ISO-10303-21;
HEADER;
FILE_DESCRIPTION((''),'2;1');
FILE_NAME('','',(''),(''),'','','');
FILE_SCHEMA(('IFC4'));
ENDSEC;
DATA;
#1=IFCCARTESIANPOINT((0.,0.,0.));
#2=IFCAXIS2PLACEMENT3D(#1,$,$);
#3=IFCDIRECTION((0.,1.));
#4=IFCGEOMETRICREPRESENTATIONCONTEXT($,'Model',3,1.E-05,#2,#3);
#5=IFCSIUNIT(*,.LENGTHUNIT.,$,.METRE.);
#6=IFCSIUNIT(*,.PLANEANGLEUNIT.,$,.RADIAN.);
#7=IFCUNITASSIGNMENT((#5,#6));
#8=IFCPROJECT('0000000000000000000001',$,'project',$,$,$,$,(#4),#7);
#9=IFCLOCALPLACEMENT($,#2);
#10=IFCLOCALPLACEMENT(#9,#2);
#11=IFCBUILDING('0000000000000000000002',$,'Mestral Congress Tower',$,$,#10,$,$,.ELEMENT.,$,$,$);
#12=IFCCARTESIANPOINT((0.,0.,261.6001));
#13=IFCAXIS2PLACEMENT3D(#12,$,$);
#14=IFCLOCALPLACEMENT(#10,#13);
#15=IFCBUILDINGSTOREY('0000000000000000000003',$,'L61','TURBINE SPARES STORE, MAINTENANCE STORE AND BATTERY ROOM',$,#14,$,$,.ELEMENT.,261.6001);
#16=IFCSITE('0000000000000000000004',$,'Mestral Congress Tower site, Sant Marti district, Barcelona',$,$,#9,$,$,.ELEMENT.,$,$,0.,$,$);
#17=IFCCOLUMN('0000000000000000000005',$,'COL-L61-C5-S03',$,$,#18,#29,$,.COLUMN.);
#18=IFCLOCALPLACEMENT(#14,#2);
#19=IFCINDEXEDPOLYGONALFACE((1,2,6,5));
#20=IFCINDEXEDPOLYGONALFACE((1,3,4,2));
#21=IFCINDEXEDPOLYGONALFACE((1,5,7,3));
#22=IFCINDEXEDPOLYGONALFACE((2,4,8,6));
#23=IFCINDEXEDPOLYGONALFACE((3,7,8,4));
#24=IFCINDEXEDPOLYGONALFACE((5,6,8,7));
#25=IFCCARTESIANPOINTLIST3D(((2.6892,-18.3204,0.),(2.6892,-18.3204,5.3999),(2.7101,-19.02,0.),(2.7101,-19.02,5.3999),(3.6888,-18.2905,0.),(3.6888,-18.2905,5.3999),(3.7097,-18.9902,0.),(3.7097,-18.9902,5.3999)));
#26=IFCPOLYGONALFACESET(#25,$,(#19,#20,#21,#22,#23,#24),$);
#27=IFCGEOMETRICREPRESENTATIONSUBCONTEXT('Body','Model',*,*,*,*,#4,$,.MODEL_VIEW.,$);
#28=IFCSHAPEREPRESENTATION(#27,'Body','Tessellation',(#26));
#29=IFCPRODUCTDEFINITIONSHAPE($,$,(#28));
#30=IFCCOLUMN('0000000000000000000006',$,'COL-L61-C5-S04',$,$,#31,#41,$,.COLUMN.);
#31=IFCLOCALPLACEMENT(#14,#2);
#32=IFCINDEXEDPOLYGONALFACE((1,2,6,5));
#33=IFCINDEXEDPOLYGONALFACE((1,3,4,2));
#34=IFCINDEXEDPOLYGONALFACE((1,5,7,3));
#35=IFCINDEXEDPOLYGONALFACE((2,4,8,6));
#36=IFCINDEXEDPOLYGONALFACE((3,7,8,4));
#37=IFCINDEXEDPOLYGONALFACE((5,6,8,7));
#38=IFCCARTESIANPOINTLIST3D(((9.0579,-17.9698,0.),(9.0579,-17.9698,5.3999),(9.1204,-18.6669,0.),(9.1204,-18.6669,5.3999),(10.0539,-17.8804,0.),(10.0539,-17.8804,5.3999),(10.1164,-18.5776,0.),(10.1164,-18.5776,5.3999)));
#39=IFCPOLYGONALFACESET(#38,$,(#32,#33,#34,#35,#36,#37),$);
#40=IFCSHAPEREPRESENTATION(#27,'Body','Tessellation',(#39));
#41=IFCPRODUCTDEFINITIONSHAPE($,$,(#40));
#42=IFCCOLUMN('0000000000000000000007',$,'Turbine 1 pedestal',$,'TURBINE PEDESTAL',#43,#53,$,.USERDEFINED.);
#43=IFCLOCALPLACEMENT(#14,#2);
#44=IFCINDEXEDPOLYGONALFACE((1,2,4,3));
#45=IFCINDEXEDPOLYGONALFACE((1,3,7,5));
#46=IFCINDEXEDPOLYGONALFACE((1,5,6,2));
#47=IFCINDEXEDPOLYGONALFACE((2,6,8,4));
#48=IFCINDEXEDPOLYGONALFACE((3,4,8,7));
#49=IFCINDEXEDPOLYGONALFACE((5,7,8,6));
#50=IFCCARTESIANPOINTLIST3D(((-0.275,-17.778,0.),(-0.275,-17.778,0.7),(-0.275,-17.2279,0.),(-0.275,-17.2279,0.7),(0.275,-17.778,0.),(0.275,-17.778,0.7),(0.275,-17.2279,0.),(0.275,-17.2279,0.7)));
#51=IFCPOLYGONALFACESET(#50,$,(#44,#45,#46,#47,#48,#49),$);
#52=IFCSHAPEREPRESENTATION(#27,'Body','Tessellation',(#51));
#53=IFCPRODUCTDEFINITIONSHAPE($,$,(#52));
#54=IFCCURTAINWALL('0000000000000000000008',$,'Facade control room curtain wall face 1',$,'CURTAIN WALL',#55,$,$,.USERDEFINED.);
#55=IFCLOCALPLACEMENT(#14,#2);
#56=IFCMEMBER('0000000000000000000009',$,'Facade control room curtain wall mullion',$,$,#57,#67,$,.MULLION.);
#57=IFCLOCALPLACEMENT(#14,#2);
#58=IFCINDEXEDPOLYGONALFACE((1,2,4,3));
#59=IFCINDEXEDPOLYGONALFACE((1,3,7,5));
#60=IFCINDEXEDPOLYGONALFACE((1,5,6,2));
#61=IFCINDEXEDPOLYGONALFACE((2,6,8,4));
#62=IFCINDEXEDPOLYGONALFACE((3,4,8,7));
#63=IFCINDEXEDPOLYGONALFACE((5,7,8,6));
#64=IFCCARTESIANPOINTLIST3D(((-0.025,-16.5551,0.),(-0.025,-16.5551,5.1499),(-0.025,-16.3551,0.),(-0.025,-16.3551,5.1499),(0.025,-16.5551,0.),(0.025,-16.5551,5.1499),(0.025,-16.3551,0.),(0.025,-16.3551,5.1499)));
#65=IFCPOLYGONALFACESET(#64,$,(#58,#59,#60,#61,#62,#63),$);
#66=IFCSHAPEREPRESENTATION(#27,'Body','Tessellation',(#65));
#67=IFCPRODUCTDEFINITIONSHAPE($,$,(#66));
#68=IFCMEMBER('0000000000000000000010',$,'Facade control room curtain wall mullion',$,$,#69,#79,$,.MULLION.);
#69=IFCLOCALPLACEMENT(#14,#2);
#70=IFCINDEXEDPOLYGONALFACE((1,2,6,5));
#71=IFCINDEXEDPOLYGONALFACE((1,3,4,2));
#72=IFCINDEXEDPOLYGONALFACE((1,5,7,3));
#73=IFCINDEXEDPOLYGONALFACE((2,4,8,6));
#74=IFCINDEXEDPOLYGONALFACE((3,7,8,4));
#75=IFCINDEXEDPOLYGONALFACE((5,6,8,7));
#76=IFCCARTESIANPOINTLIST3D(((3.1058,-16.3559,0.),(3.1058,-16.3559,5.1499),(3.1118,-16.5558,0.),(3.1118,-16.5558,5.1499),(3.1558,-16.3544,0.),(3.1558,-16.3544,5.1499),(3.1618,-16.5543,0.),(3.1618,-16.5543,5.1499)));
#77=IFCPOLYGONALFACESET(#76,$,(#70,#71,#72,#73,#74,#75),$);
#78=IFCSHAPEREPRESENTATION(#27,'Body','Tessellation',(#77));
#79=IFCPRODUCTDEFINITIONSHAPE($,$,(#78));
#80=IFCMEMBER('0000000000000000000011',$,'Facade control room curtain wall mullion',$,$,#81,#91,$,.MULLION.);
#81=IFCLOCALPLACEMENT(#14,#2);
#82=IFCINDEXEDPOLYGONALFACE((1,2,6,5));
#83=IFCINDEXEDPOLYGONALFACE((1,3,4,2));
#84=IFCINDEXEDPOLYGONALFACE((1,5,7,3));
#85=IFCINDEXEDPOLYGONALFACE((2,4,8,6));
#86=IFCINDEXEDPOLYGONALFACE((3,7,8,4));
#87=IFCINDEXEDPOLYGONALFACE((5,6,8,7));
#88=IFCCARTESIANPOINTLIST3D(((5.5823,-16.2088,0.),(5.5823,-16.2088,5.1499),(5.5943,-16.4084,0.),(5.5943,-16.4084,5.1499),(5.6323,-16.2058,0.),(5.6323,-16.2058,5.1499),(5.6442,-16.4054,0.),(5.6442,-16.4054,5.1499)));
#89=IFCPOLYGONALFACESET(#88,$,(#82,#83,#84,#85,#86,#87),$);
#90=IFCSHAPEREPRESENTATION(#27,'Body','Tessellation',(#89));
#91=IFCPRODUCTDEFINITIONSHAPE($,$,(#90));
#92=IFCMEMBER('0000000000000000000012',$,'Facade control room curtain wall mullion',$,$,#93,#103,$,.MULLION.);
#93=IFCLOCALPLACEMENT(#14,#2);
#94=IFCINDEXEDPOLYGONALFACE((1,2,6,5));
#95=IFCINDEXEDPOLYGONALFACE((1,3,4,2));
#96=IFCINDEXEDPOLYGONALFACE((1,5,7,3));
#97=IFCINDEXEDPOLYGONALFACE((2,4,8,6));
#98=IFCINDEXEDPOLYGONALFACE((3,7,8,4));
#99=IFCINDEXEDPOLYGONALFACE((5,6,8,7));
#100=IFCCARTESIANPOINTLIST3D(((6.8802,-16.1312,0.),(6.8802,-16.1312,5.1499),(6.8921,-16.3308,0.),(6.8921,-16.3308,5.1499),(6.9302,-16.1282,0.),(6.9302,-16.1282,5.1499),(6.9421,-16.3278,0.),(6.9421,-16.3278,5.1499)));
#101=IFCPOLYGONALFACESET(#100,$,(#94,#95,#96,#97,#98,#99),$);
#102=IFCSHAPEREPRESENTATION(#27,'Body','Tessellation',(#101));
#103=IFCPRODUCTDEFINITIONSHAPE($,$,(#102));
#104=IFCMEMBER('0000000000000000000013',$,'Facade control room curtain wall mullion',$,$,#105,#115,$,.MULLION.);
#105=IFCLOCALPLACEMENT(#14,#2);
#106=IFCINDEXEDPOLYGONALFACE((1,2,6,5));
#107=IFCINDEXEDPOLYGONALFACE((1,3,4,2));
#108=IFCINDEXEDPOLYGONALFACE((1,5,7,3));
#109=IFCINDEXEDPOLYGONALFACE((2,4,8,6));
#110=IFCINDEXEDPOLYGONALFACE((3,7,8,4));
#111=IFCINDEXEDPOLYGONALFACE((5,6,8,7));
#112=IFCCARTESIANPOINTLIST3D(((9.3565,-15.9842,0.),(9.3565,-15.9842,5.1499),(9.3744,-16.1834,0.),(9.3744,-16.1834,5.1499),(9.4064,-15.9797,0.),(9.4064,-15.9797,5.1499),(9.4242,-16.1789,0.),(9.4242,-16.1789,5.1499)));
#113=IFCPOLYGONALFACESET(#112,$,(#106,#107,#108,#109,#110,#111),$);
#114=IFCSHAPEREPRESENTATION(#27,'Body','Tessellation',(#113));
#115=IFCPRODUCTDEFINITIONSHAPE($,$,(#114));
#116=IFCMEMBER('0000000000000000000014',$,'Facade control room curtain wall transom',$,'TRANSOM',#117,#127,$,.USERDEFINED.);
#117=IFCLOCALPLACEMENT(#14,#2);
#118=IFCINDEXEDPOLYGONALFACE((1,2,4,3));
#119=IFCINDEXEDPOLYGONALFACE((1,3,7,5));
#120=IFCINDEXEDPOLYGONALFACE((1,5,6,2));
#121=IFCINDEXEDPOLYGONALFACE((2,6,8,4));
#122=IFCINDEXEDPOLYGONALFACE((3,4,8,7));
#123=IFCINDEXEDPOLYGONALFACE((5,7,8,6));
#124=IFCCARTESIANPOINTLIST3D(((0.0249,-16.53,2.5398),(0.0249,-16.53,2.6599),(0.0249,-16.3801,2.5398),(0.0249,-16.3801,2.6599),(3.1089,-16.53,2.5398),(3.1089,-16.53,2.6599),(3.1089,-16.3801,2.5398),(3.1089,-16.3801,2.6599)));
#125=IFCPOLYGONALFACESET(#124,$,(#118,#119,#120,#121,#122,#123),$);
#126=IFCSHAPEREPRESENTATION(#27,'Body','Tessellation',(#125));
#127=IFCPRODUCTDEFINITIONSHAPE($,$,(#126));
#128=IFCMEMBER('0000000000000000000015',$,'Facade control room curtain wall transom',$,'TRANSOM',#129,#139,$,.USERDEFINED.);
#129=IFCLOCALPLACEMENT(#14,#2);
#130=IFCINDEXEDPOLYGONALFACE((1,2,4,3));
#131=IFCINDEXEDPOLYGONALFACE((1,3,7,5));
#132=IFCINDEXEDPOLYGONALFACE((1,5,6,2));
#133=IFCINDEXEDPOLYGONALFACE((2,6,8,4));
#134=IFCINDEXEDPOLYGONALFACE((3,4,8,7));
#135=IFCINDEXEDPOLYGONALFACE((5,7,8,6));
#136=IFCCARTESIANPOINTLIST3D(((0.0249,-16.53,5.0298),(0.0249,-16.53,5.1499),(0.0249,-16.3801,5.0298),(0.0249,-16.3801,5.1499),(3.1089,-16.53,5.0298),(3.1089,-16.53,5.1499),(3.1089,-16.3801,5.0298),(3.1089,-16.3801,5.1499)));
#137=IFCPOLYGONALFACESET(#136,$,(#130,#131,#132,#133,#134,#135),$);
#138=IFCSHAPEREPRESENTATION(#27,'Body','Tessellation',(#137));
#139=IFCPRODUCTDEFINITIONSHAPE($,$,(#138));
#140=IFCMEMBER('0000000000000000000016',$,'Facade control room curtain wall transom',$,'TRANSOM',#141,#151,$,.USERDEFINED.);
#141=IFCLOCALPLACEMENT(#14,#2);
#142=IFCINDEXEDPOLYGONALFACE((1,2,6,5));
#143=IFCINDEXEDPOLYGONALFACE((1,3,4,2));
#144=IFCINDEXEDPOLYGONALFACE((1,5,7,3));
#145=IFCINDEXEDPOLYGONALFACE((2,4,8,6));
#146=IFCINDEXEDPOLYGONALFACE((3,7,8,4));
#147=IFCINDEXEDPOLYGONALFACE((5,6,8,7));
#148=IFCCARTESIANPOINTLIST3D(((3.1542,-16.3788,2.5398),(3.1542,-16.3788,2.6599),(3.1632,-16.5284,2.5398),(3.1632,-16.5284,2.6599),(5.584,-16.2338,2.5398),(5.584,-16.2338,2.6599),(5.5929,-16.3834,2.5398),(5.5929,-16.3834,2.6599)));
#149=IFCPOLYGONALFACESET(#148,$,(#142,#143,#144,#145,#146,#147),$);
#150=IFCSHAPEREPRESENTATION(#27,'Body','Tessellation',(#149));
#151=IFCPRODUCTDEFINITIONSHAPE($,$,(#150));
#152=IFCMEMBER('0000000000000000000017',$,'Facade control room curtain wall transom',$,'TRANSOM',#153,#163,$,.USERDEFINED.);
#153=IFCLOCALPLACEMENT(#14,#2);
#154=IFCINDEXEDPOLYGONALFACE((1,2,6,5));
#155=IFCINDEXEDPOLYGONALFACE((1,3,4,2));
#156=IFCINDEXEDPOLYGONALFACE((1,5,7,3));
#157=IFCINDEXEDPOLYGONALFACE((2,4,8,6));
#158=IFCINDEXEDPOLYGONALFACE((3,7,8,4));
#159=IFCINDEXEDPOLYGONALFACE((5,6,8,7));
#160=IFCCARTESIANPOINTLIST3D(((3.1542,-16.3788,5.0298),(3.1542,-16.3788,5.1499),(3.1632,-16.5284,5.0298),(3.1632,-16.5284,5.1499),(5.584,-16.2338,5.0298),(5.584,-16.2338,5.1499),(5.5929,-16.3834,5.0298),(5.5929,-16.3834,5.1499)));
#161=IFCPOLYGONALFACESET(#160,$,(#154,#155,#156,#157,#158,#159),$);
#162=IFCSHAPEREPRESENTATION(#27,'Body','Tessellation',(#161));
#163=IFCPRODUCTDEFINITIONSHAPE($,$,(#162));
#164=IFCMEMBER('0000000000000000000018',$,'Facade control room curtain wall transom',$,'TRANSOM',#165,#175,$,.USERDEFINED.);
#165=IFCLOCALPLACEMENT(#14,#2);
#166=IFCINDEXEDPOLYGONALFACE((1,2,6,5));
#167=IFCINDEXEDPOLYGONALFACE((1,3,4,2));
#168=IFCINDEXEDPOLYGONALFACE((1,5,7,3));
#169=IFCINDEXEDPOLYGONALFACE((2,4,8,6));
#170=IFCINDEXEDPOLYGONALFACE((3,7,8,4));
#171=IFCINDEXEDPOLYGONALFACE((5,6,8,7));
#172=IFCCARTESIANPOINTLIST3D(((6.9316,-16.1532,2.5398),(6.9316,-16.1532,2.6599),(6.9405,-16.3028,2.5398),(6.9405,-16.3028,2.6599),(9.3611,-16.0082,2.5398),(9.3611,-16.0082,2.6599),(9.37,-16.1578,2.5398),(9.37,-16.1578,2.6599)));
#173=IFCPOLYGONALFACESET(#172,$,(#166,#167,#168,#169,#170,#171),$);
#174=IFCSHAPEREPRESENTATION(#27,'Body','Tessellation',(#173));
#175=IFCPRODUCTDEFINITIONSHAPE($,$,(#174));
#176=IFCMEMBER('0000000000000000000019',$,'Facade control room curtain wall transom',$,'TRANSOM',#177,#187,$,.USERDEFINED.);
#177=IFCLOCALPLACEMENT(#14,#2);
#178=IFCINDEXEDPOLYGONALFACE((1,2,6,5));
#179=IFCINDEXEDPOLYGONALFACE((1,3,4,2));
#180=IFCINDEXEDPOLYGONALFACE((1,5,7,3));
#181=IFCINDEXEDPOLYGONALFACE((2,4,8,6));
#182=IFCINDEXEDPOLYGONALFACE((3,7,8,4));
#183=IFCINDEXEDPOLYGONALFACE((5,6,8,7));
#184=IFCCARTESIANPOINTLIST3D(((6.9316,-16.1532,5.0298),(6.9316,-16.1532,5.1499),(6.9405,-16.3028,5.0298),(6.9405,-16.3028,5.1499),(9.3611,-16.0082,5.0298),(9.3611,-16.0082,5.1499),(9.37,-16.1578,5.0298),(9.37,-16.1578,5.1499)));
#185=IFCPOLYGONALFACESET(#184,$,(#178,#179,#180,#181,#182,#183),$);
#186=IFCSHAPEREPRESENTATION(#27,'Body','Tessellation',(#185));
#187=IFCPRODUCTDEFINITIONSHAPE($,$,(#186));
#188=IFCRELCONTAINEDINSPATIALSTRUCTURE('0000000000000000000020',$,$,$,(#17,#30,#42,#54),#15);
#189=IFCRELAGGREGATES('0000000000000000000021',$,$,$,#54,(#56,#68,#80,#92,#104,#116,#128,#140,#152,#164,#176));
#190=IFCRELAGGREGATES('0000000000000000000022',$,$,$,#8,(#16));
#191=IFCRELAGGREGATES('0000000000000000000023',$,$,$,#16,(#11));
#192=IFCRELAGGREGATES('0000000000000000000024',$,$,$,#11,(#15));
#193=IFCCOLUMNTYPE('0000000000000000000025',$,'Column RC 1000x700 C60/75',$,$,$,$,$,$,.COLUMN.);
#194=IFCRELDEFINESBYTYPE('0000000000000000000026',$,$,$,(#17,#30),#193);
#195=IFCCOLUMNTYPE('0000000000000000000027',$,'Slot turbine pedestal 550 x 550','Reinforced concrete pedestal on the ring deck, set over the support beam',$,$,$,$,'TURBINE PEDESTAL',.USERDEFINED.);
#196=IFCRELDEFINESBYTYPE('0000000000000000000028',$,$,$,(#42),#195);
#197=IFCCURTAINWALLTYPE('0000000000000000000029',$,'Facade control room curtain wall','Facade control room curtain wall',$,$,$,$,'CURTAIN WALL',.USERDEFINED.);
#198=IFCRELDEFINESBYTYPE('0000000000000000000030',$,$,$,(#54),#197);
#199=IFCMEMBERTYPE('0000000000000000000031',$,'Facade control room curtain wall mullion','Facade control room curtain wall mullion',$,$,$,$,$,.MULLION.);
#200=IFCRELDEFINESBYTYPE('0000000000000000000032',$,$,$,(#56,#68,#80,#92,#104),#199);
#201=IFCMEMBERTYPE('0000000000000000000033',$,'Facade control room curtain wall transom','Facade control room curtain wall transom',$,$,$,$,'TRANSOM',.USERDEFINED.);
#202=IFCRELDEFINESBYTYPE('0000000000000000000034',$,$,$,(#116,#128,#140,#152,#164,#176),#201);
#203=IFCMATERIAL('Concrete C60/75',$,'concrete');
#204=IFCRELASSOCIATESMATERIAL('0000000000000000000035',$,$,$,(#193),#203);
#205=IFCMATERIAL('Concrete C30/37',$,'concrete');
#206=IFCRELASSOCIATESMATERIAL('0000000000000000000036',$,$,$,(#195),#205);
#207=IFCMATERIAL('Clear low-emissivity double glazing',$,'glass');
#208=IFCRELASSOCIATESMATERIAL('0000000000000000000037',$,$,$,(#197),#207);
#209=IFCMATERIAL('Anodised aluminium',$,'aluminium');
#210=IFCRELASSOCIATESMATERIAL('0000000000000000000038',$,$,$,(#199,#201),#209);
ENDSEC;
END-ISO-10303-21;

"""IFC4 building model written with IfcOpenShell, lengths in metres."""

from ifc_helpers import new_model, si_unit, direction, frame, origin, origin_2d, place, context, subcontext, project, spatial, rectangle, extrude, material, material_profile, profile_set, type_object, element, aggregate, save


model = new_model("IFC4")

# Units and contexts
model_context = context("Model", 3, precision=1e-05, world=origin(), true_north=direction((0.0, 1.0)))
body_context = subcontext(model_context, "Body", "Model", "MODEL_VIEW")
ifc_project = project(units=[si_unit("LENGTHUNIT", "METRE"), si_unit("PLANEANGLEUNIT", "RADIAN")], contexts=[model_context])

# Site, building, storey
site_placement = place(None, origin())
site = spatial("IfcSite", under=ifc_project, at=site_placement, Name="Mestral Congress Tower site, Sant Marti district, Barcelona", CompositionType="ELEMENT", RefElevation=0.0)
building_placement = place(site_placement, origin())
building = spatial("IfcBuilding", under=site, at=building_placement, Name="Mestral Congress Tower", CompositionType="ELEMENT")
storey_placement = place(building_placement, frame((0.0, 0.0, 261.6001)))
storey = spatial("IfcBuildingStorey", under=building, at=storey_placement, Name="L61", Description="TURBINE SPARES STORE, MAINTENANCE STORE AND BATTERY ROOM", CompositionType="ELEMENT", Elevation=261.6001)

# Columns
ifc_material_1 = material(Name="Concrete C60/75", Category="concrete")
ifc_material_profile_1 = material_profile(ifc_material_1, rectangle(XDim=1.0, YDim=0.7, at=origin_2d()), Name="RC 1000x700")
ifc_profile_set_1 = profile_set([ifc_material_profile_1], Name="Concrete C60/75")
column_type_1 = type_object("IfcColumnType", Name="Column RC 1000x700 C60/75", PredefinedType="COLUMN", material=ifc_profile_set_1)
for number, where, z_axis, x_axis, name in (
    (1, (3.1995, -18.6553, 0.0), (0.0, 0.0, 1.0), (0.999555, 0.029828, 0.0), "COL-L61-C5-S03"),
    (2, (9.5872, -18.2737, 0.0), (0.0, 0.0, 1.0), (0.995998, 0.089378, 0.0), "COL-L61-C5-S04"),
):
    element("IfcColumn", number, at=place(storey_placement, frame(where, z_axis=z_axis, x_axis=x_axis)), inside=storey, type_object=column_type_1, Name=name, PredefinedType="COLUMN", context=body_context, shape_type="SweptSolid", body=[
        extrude(rectangle(XDim=1.0, YDim=0.7, at=origin_2d()), origin(), (0.0, 0.0, 1.0), 5.3999),
    ])
ifc_material_2 = material(Name="Concrete C30/37", Category="concrete")
ifc_material_profile_2 = material_profile(ifc_material_2, rectangle(XDim=0.55, YDim=0.55, at=origin_2d()), Name="Pedestal 550 x 550")
ifc_profile_set_2 = profile_set([ifc_material_profile_2], Name="Concrete C30/37")
column_type_2 = type_object("IfcColumnType", Name="Slot turbine pedestal 550 x 550", Description="Reinforced concrete pedestal on the ring deck, set over the support beam", ElementType="TURBINE PEDESTAL", PredefinedType="USERDEFINED", material=ifc_profile_set_2)
column_placement = place(storey_placement, frame((0.0, -17.5029, 0.0), z_axis=(0.0, 0.0, 1.0), x_axis=(1.0, 0.0, 0.0)))
element("IfcColumn", 3, at=column_placement, inside=storey, type_object=column_type_2, Name="Turbine 1 pedestal", ObjectType="TURBINE PEDESTAL", PredefinedType="USERDEFINED", context=body_context, shape_type="SweptSolid", body=[
    extrude(rectangle(XDim=0.55, YDim=0.55, at=origin_2d()), origin(), (0.0, 0.0, 1.0), 0.7),
])

# Curtain wall, members
ifc_material_3 = material(Name="Clear low-emissivity double glazing", Category="glass")
curtain_wall_type = type_object("IfcCurtainWallType", Name="Facade control room curtain wall", Description="Facade control room curtain wall", ElementType="CURTAIN WALL", PredefinedType="USERDEFINED", material=ifc_material_3)
curtain_wall_placement = place(storey_placement, origin())
curtain_wall = element("IfcCurtainWall", 4, at=curtain_wall_placement, inside=storey, type_object=curtain_wall_type, Name="Facade control room curtain wall face 1", ObjectType="CURTAIN WALL", PredefinedType="USERDEFINED")
ifc_material_4 = material(Name="Anodised aluminium", Category="aluminium")
ifc_material_profile_3 = material_profile(ifc_material_4, rectangle(XDim=0.2, YDim=0.05, at=origin_2d()), Name="CW5 mullion 200 x 50")
ifc_profile_set_3 = profile_set([ifc_material_profile_3], Name="Anodised aluminium")
member_type_1 = type_object("IfcMemberType", Name="Facade control room curtain wall mullion", Description="Facade control room curtain wall mullion", PredefinedType="MULLION", material=ifc_profile_set_3)
member_1_placement = place(storey_placement, frame((0.0, -16.4551, 0.0), z_axis=(0.0, 0.0, 1.0), x_axis=(0.0, -1.0, 0.0)))
member_1 = element("IfcMember", 5, at=member_1_placement, type_object=member_type_1, Name="Facade control room curtain wall mullion", PredefinedType="MULLION", context=body_context, shape_type="SweptSolid", body=[
    extrude(rectangle(XDim=0.2, YDim=0.05, at=origin_2d()), origin(), (0.0, 0.0, 1.0), 5.1499),
])
member_2_placement = place(storey_placement, frame((3.1338, -16.4551, 0.0), z_axis=(0.0, 0.0, 1.0), x_axis=(0.029828, -0.999555, 0.0)))
member_2 = element("IfcMember", 6, at=member_2_placement, type_object=member_type_1, Name="Facade control room curtain wall mullion", PredefinedType="MULLION", context=body_context, shape_type="SweptSolid", body=[
    extrude(rectangle(XDim=0.2, YDim=0.05, at=origin_2d()), origin(), (0.0, 0.0, 1.0), 5.1499),
])
member_3_placement = place(storey_placement, frame((5.6133, -16.3071, 0.0), z_axis=(0.0, 0.0, 1.0), x_axis=(0.059629, -0.998221, 0.0)))
member_3 = element("IfcMember", 7, at=member_3_placement, type_object=member_type_1, Name="Facade control room curtain wall mullion", PredefinedType="MULLION", context=body_context, shape_type="SweptSolid", body=[
    extrude(rectangle(XDim=0.2, YDim=0.05, at=origin_2d()), origin(), (0.0, 0.0, 1.0), 5.1499),
])
member_4_placement = place(storey_placement, frame((6.9111, -16.2295, 0.0), z_axis=(0.0, 0.0, 1.0), x_axis=(0.059629, -0.998221, 0.0)))
member_4 = element("IfcMember", 8, at=member_4_placement, type_object=member_type_1, Name="Facade control room curtain wall mullion", PredefinedType="MULLION", context=body_context, shape_type="SweptSolid", body=[
    extrude(rectangle(XDim=0.2, YDim=0.05, at=origin_2d()), origin(), (0.0, 0.0, 1.0), 5.1499),
])
member_5_placement = place(storey_placement, frame((9.3904, -16.0815, 0.0), z_axis=(0.0, 0.0, 1.0), x_axis=(0.089378, -0.995998, 0.0)))
member_5 = element("IfcMember", 9, at=member_5_placement, type_object=member_type_1, Name="Facade control room curtain wall mullion", PredefinedType="MULLION", context=body_context, shape_type="SweptSolid", body=[
    extrude(rectangle(XDim=0.2, YDim=0.05, at=origin_2d()), origin(), (0.0, 0.0, 1.0), 5.1499),
])
ifc_material_profile_4 = material_profile(ifc_material_4, rectangle(XDim=0.1499, YDim=0.1201, at=origin_2d()), Name="CW5 transom 150 x 120")
ifc_profile_set_4 = profile_set([ifc_material_profile_4], Name="Anodised aluminium")
member_type_2 = type_object("IfcMemberType", Name="Facade control room curtain wall transom", Description="Facade control room curtain wall transom", ElementType="TRANSOM", PredefinedType="USERDEFINED", material=ifc_profile_set_4)
member_6_placement = place(storey_placement, frame((0.0249, -16.4551, 2.5999), z_axis=(1.0, 0.0, 0.0), x_axis=(0.0, 1.0, 0.0)))
member_6 = element("IfcMember", 10, at=member_6_placement, type_object=member_type_2, Name="Facade control room curtain wall transom", ObjectType="TRANSOM", PredefinedType="USERDEFINED", context=body_context, shape_type="SweptSolid", body=[
    extrude(rectangle(XDim=0.1499, YDim=0.1201, at=origin_2d()), origin(), (0.0, 0.0, 1.0), 3.084),
])
member_7_placement = place(storey_placement, frame((0.0249, -16.4551, 5.0898), z_axis=(1.0, 0.0, 0.0), x_axis=(0.0, 1.0, 0.0)))
member_7 = element("IfcMember", 11, at=member_7_placement, type_object=member_type_2, Name="Facade control room curtain wall transom", ObjectType="TRANSOM", PredefinedType="USERDEFINED", context=body_context, shape_type="SweptSolid", body=[
    extrude(rectangle(XDim=0.1499, YDim=0.1201, at=origin_2d()), origin(), (0.0, 0.0, 1.0), 3.084),
])
member_8_placement = place(storey_placement, frame((3.1587, -16.4536, 2.5999), z_axis=(0.998224, 0.05958, 0.0), x_axis=(-0.05958, 0.998224, 0.0)))
member_8 = element("IfcMember", 12, at=member_8_placement, type_object=member_type_2, Name="Facade control room curtain wall transom", ObjectType="TRANSOM", PredefinedType="USERDEFINED", context=body_context, shape_type="SweptSolid", body=[
    extrude(rectangle(XDim=0.1499, YDim=0.1201, at=origin_2d()), origin(), (0.0, 0.0, 1.0), 2.4341),
])
member_9_placement = place(storey_placement, frame((3.1587, -16.4536, 5.0898), z_axis=(0.998224, 0.05958, 0.0), x_axis=(-0.05958, 0.998224, 0.0)))
member_9 = element("IfcMember", 13, at=member_9_placement, type_object=member_type_2, Name="Facade control room curtain wall transom", ObjectType="TRANSOM", PredefinedType="USERDEFINED", context=body_context, shape_type="SweptSolid", body=[
    extrude(rectangle(XDim=0.1499, YDim=0.1201, at=origin_2d()), origin(), (0.0, 0.0, 1.0), 2.4341),
])
member_10_placement = place(storey_placement, frame((6.936, -16.228, 2.5999), z_axis=(0.998223, 0.059586, 0.0), x_axis=(-0.059586, 0.998223, 0.0)))
member_10 = element("IfcMember", 14, at=member_10_placement, type_object=member_type_2, Name="Facade control room curtain wall transom", ObjectType="TRANSOM", PredefinedType="USERDEFINED", context=body_context, shape_type="SweptSolid", body=[
    extrude(rectangle(XDim=0.1499, YDim=0.1201, at=origin_2d()), origin(), (0.0, 0.0, 1.0), 2.4338),
])
member_11_placement = place(storey_placement, frame((6.936, -16.228, 5.0898), z_axis=(0.998223, 0.059586, 0.0), x_axis=(-0.059586, 0.998223, 0.0)))
member_11 = element("IfcMember", 15, at=member_11_placement, type_object=member_type_2, Name="Facade control room curtain wall transom", ObjectType="TRANSOM", PredefinedType="USERDEFINED", context=body_context, shape_type="SweptSolid", body=[
    extrude(rectangle(XDim=0.1499, YDim=0.1201, at=origin_2d()), origin(), (0.0, 0.0, 1.0), 2.4338),
])

aggregate(curtain_wall, [member_1, member_2, member_3, member_4, member_5, member_6, member_7, member_8, member_9, member_10, member_11])

save(model, "model.ifc")
